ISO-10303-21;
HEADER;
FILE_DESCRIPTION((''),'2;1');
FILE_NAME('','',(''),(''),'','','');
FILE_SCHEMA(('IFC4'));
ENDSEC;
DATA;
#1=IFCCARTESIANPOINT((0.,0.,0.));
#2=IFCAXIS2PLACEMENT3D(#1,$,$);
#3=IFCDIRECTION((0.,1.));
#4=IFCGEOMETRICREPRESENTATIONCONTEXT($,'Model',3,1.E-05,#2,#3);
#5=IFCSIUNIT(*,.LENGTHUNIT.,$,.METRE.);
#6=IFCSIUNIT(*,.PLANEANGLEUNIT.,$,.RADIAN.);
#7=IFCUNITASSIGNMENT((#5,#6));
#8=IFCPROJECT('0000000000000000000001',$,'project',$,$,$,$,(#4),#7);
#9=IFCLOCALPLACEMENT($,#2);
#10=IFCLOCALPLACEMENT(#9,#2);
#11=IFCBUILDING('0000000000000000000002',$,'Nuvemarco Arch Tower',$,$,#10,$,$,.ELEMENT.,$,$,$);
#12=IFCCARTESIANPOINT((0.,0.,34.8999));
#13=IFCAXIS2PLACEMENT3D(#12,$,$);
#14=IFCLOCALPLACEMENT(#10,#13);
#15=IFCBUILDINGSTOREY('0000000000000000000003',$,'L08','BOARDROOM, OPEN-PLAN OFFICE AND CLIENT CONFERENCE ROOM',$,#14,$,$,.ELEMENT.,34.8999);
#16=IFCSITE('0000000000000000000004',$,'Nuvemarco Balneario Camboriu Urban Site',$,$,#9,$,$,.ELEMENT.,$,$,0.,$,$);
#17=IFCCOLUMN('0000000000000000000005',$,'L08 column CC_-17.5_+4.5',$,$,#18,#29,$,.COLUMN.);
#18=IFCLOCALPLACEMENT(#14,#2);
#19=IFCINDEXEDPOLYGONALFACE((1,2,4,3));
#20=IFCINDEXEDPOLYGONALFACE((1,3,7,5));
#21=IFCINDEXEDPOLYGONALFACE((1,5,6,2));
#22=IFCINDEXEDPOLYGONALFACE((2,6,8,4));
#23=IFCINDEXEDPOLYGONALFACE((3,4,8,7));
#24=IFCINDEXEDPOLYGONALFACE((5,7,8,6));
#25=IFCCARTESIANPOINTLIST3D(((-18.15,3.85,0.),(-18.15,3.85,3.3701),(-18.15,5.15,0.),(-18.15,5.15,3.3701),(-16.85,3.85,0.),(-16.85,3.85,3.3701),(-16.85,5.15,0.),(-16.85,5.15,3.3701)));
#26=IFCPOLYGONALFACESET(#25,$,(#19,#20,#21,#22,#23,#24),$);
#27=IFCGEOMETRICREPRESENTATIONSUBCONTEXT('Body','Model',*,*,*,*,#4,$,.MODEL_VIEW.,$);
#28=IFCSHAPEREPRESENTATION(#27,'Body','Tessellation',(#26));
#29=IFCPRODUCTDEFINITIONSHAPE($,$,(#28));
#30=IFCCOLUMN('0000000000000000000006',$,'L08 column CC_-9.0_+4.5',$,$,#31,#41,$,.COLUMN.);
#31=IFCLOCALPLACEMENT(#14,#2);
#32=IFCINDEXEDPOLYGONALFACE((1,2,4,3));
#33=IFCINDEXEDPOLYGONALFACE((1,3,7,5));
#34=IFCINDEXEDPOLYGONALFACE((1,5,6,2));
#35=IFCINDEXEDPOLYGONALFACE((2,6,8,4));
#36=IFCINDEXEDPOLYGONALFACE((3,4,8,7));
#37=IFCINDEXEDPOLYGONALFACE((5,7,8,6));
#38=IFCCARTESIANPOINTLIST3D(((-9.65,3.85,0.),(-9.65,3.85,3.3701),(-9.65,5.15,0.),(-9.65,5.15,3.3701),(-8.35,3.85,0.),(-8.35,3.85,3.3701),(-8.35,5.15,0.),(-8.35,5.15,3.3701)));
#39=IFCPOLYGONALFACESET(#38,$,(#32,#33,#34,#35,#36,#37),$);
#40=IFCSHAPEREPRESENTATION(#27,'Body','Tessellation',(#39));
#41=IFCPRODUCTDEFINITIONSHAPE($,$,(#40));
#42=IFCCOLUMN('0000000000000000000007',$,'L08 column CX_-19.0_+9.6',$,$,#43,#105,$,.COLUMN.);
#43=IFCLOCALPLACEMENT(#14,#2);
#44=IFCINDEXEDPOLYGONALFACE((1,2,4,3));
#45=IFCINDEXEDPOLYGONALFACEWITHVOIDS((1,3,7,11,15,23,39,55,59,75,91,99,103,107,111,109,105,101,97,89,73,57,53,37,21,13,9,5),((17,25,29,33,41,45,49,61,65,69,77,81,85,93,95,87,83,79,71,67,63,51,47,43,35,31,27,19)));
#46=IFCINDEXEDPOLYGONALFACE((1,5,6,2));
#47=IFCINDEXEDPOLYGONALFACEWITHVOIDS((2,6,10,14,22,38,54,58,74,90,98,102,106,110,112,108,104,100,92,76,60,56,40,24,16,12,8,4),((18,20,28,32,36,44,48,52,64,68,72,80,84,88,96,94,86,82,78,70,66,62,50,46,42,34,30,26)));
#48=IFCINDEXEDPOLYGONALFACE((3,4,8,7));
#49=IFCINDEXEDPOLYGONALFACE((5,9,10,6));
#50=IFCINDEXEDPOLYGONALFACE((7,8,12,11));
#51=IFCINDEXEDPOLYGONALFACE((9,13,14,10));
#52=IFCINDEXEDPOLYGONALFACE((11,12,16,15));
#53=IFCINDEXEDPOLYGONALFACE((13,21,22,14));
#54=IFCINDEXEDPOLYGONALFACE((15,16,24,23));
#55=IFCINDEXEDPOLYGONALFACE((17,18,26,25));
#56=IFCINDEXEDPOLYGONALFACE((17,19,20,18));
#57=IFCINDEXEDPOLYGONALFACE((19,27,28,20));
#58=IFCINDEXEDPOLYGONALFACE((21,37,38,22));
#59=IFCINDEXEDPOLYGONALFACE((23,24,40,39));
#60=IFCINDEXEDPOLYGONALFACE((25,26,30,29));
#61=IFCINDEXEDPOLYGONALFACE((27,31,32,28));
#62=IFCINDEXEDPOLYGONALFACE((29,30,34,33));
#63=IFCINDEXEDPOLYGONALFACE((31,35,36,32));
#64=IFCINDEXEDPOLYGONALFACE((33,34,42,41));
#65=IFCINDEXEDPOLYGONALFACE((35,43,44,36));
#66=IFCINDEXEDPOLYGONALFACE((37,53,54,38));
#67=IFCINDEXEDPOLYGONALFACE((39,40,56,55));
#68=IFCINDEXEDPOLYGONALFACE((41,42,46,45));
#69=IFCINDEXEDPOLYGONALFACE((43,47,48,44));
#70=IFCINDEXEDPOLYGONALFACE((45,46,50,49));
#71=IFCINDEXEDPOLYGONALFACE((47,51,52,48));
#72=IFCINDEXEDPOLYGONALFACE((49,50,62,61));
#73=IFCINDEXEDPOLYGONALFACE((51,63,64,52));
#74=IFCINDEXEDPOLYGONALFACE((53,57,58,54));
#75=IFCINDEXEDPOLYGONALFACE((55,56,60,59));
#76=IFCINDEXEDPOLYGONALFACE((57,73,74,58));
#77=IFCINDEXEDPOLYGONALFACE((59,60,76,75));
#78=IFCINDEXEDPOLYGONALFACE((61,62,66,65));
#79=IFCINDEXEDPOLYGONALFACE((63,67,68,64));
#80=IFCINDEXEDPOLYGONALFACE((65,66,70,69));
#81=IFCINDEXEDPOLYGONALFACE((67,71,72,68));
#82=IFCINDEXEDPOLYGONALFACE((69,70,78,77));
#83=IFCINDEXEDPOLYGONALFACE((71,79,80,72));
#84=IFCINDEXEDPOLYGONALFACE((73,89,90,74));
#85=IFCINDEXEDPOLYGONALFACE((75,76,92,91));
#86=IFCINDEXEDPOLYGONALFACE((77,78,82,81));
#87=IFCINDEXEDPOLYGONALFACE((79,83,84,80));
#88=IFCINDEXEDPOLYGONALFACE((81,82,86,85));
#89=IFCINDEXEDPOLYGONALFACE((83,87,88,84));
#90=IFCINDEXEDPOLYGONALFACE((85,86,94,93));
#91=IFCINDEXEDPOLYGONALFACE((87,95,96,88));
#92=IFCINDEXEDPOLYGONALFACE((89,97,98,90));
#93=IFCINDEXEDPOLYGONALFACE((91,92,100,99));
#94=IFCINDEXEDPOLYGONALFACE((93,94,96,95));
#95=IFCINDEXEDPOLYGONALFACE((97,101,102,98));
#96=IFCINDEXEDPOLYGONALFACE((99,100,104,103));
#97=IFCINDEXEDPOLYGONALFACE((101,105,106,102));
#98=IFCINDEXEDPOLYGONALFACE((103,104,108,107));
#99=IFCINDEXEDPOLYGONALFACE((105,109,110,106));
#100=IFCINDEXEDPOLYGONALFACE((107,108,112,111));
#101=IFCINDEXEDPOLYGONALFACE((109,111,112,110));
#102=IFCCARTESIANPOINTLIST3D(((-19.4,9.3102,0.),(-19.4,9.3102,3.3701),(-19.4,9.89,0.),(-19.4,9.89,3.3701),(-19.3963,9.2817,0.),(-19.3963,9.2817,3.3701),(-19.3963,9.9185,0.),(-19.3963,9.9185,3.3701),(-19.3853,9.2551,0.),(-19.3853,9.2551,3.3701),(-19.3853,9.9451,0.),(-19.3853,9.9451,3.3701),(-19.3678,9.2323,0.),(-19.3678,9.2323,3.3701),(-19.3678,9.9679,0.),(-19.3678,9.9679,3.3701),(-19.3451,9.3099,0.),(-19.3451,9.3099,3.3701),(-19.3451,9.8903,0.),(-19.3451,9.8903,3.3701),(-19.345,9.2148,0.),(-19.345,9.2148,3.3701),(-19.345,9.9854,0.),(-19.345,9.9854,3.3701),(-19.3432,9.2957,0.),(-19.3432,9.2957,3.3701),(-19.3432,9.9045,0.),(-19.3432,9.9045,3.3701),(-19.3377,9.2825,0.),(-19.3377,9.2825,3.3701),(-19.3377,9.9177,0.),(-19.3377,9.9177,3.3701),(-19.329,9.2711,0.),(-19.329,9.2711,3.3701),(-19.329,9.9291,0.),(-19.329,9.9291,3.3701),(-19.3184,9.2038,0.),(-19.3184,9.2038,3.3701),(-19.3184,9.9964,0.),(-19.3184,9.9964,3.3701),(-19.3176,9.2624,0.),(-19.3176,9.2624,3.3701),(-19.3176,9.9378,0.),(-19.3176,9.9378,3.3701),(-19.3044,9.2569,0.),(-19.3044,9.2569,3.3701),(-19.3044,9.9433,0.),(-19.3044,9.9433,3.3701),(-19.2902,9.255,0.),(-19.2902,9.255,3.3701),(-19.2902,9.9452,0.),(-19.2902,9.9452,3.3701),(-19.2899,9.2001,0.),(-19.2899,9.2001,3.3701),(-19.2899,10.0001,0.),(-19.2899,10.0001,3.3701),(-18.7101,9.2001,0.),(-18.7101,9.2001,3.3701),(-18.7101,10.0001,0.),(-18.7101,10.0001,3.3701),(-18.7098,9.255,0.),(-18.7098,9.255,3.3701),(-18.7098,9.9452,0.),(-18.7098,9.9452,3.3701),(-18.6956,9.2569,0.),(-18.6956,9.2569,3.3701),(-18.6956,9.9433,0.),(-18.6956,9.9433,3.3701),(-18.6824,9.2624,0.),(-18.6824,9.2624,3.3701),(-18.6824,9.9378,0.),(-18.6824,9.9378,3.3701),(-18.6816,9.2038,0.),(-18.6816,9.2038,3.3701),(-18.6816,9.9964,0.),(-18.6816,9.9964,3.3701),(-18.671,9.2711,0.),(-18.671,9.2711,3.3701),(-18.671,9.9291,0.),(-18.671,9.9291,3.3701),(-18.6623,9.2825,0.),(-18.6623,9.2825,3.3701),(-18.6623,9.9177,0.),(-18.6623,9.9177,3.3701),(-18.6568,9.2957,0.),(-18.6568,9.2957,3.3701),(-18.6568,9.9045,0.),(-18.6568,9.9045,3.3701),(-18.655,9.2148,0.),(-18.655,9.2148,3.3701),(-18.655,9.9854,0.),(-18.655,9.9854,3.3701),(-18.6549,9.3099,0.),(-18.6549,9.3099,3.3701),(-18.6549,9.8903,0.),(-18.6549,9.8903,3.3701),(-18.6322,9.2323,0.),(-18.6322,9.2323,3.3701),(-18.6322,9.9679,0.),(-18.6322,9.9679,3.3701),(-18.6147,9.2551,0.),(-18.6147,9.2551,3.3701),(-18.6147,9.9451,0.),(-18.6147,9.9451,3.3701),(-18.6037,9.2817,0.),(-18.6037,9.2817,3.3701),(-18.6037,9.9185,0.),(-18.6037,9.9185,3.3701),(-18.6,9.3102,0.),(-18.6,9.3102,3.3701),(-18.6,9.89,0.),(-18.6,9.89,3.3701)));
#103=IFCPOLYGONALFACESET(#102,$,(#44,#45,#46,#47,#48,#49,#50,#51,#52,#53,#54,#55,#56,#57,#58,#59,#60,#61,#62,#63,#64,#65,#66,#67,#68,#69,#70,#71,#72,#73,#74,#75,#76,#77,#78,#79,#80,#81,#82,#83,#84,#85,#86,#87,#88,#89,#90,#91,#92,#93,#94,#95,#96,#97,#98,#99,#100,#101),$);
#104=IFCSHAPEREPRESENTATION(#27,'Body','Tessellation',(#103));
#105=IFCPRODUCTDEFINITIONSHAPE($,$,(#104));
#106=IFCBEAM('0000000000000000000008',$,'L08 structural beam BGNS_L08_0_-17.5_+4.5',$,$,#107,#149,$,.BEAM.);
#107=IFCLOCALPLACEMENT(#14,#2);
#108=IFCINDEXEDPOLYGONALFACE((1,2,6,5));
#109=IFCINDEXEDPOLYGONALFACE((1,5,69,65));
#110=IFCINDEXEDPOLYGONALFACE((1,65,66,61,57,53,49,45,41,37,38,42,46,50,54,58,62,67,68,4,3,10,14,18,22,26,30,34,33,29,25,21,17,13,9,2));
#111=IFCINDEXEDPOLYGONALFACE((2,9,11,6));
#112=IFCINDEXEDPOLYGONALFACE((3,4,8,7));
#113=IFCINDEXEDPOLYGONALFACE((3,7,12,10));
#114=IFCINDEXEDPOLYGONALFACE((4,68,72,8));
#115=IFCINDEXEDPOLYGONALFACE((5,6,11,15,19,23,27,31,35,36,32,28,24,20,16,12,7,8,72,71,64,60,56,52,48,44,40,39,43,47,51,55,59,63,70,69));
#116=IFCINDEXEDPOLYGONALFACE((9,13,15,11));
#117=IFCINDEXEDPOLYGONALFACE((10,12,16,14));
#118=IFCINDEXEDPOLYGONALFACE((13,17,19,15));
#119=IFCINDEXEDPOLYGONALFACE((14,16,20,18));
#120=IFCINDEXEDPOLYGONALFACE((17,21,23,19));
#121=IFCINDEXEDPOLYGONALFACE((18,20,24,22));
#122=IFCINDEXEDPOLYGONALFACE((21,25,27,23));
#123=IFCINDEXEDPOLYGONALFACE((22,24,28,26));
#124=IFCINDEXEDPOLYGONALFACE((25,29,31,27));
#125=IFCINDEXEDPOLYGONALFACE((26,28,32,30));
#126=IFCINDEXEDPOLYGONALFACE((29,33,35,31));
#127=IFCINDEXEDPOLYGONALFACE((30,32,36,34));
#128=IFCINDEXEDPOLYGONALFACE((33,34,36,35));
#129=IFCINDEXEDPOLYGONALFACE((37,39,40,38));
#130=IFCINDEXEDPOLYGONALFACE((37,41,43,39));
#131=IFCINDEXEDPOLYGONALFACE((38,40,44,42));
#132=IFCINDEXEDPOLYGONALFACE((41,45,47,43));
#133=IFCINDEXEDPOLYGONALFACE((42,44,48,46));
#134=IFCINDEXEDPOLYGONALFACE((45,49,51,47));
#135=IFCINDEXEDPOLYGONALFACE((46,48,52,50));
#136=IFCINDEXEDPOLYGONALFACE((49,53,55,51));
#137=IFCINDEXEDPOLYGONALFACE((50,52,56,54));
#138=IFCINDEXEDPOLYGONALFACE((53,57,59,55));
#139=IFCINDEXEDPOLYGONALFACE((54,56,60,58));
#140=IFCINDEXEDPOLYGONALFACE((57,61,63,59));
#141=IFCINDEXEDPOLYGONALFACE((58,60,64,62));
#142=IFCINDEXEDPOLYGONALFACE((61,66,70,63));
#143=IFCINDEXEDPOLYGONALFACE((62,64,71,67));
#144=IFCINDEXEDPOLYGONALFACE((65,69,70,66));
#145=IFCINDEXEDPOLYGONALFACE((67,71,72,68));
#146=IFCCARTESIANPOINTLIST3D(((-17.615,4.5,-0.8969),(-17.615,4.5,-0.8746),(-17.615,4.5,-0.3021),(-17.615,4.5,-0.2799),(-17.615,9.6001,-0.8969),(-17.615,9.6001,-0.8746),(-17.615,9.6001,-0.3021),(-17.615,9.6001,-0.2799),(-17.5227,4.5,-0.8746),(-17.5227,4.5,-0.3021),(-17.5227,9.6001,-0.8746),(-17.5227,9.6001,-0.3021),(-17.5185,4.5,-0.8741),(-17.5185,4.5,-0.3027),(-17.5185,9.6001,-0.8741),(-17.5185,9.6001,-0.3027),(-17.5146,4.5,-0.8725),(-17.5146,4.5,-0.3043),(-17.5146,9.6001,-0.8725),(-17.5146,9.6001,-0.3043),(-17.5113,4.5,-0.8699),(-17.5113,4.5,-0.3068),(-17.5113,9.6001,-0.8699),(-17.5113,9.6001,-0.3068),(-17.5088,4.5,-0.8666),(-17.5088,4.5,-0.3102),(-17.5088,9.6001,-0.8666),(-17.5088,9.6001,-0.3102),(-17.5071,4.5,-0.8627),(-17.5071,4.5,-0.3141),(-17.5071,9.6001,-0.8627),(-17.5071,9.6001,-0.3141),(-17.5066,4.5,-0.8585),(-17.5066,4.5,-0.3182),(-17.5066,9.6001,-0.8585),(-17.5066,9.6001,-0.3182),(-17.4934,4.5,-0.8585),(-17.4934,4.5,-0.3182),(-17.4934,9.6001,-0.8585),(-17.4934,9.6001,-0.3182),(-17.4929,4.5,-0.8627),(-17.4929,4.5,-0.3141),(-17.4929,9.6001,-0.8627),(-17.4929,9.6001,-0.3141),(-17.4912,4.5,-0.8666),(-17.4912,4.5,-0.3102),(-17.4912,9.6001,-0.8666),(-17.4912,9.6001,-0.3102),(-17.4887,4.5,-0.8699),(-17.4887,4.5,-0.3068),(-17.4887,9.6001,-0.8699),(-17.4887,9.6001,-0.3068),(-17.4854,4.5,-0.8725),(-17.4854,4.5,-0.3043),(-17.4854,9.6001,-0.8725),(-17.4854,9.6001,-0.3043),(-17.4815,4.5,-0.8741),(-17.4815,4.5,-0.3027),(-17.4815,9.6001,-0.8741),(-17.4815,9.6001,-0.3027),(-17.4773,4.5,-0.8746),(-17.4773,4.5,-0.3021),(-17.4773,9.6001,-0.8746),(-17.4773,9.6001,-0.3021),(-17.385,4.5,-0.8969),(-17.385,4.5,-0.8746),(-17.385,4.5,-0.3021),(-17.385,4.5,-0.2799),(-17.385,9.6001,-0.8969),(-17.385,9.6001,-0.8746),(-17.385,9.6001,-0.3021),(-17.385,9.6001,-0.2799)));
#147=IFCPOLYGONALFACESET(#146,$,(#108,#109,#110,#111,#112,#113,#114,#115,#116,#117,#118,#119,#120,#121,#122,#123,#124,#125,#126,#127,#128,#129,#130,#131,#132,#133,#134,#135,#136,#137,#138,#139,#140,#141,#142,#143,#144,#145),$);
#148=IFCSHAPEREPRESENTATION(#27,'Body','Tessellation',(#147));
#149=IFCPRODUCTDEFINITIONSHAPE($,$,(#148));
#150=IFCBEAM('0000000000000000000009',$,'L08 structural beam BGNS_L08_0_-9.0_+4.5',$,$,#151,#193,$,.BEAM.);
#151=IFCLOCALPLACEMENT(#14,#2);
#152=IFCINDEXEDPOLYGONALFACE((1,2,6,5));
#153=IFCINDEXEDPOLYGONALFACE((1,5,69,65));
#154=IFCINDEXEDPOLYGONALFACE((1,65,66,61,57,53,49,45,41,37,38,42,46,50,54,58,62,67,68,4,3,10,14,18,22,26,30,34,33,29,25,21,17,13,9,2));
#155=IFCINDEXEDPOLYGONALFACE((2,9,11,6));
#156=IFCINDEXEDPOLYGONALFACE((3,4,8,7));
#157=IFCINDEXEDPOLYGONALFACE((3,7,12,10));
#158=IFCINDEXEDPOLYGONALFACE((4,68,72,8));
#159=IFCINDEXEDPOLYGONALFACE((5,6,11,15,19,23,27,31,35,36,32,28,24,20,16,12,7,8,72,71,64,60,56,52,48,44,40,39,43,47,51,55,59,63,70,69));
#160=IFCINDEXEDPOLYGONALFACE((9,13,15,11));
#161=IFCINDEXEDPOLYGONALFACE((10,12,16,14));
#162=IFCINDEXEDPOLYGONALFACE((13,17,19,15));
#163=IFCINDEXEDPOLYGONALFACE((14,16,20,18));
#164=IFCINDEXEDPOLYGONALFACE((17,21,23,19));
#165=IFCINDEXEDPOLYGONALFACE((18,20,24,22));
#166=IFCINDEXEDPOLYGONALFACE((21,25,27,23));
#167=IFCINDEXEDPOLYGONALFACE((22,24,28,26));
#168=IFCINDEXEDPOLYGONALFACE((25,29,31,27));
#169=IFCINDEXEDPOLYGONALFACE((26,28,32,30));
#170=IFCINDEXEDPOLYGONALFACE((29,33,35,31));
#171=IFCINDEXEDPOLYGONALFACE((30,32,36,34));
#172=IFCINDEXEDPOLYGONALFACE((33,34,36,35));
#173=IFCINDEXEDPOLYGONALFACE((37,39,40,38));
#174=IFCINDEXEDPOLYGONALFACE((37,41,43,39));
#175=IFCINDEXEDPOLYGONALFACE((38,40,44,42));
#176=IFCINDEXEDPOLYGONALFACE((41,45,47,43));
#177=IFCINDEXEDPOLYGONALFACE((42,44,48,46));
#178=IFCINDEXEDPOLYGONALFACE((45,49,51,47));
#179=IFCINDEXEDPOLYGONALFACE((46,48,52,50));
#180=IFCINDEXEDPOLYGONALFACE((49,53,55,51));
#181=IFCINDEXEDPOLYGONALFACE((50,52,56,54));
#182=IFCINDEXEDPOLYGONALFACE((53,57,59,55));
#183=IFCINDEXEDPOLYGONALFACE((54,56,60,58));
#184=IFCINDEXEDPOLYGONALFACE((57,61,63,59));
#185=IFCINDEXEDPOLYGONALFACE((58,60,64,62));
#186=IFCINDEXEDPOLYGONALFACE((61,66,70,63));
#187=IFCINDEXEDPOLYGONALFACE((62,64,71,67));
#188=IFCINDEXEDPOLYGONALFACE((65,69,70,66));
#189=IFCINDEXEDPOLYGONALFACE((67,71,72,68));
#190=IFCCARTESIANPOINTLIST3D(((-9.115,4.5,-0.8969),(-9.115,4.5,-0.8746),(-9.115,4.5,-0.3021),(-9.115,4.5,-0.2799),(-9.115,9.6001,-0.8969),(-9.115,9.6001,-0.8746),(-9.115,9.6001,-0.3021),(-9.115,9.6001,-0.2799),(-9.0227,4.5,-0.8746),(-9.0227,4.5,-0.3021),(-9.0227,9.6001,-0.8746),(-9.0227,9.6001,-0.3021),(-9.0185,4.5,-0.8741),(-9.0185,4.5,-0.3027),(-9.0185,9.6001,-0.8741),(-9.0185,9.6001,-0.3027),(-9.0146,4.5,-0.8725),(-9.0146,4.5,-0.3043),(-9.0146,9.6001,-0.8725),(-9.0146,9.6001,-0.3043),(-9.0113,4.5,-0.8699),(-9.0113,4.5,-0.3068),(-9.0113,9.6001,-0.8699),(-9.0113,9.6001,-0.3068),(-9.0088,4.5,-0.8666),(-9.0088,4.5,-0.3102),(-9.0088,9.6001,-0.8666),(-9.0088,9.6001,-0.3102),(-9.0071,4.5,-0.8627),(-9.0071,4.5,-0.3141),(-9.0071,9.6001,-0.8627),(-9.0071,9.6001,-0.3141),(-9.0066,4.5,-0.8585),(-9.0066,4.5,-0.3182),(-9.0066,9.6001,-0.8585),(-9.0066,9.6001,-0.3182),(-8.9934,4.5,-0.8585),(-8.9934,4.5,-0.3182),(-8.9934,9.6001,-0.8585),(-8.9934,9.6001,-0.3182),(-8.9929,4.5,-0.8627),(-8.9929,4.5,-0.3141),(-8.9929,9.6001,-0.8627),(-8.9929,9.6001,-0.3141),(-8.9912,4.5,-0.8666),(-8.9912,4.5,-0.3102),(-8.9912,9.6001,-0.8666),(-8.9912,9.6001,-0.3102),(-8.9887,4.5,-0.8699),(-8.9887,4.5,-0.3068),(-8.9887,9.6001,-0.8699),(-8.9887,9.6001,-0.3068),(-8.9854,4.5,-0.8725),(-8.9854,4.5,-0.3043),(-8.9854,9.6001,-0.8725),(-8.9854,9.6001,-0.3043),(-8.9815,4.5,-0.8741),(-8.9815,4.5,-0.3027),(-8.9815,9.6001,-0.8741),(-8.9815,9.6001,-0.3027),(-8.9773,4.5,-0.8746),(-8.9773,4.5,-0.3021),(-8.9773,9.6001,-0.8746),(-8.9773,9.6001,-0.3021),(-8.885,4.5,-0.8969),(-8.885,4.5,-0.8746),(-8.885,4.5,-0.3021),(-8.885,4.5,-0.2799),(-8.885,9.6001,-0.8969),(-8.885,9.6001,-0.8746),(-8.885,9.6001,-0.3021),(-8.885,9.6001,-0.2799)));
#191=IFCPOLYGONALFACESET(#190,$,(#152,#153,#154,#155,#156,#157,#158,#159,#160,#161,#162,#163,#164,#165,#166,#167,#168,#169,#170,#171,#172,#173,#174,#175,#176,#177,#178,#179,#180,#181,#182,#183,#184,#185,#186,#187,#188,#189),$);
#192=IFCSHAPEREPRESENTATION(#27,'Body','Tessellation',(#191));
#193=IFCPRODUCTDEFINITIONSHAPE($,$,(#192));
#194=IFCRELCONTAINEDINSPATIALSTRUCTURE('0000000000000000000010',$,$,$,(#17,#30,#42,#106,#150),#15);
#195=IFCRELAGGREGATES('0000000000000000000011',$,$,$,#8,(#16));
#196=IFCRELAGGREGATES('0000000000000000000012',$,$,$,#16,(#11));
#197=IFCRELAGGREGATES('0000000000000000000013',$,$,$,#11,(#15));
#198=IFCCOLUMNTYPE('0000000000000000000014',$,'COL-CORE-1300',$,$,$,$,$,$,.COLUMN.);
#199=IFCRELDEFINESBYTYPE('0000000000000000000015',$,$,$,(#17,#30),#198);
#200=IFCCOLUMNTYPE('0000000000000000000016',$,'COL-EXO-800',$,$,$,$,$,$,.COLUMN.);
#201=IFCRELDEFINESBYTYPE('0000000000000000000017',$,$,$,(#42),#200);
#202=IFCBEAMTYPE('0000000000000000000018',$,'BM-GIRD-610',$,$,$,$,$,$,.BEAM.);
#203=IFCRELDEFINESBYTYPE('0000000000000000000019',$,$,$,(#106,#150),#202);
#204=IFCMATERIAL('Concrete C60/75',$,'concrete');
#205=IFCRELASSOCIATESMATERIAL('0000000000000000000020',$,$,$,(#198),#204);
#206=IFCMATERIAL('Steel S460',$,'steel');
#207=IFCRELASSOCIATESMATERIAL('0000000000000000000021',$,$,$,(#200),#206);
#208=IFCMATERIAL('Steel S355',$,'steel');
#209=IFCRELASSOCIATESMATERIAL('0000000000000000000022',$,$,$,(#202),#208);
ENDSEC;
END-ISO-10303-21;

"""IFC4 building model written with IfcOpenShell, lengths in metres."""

from ifc_helpers import new_model, si_unit, direction, frame, origin, origin_2d, place, context, subcontext, project, spatial, rectangle, hollow_rectangle, i_section, extrude, material, material_profile, profile_set, type_object, element, save


model = new_model("IFC4")

# Units and contexts
model_context = context("Model", 3, precision=1e-05, world=origin(), true_north=direction((0.0, 1.0)))
body_context = subcontext(model_context, "Body", "Model", "MODEL_VIEW")
ifc_project = project(units=[si_unit("LENGTHUNIT", "METRE"), si_unit("PLANEANGLEUNIT", "RADIAN")], contexts=[model_context])

# Site, building, storey
site_placement = place(None, origin())
site = spatial("IfcSite", under=ifc_project, at=site_placement, Name="Nuvemarco Balneario Camboriu Urban Site", CompositionType="ELEMENT", RefElevation=0.0)
building_placement = place(site_placement, origin())
building = spatial("IfcBuilding", under=site, at=building_placement, Name="Nuvemarco Arch Tower", CompositionType="ELEMENT")
storey_placement = place(building_placement, frame((0.0, 0.0, 34.8999)))
storey = spatial("IfcBuildingStorey", under=building, at=storey_placement, Name="L08", Description="BOARDROOM, OPEN-PLAN OFFICE AND CLIENT CONFERENCE ROOM", CompositionType="ELEMENT", Elevation=34.8999)

# Columns
ifc_material_1 = material(Name="Concrete C60/75", Category="concrete")
ifc_material_profile_1 = material_profile(ifc_material_1, rectangle(XDim=1.3, YDim=1.3, at=origin_2d()), Name="RC-COL-1300x1300")
ifc_profile_set_1 = profile_set([ifc_material_profile_1], Name="Concrete C60/75")
column_type_1 = type_object("IfcColumnType", Name="COL-CORE-1300", PredefinedType="COLUMN", material=ifc_profile_set_1)
for number, where, z_axis, x_axis, name in (
    (1, (-17.5, 4.5, 0.0), (0.0, 0.0, 1.0), (1.0, 0.0, 0.0), "L08 column CC_-17.5_+4.5"),
    (2, (-9.0, 4.5, 0.0), (0.0, 0.0, 1.0), (1.0, 0.0, 0.0), "L08 column CC_-9.0_+4.5"),
):
    element("IfcColumn", number, at=place(storey_placement, frame(where, z_axis=z_axis, x_axis=x_axis)), inside=storey, type_object=column_type_1, Name=name, PredefinedType="COLUMN", context=body_context, shape_type="SweptSolid", body=[
        extrude(rectangle(XDim=1.3, YDim=1.3, at=origin_2d()), origin(), (0.0, 0.0, 1.0), 3.3701),
    ])
ifc_material_2 = material(Name="Steel S460", Category="steel")
ifc_material_profile_2 = material_profile(ifc_material_2, hollow_rectangle(XDim=0.8, YDim=0.8, WallThickness=0.0549, InnerFilletRadius=0.0549, OuterFilletRadius=0.1101, at=origin_2d()), Name="SHS800x800x55")
ifc_profile_set_2 = profile_set([ifc_material_profile_2], Name="Steel S460")
column_type_2 = type_object("IfcColumnType", Name="COL-EXO-800", PredefinedType="COLUMN", material=ifc_profile_set_2)
column_placement = place(storey_placement, frame((-19.0, 9.6001, 0.0), z_axis=(0.0, 0.0, 1.0), x_axis=(1.0, 0.0, 0.0)))
element("IfcColumn", 3, at=column_placement, inside=storey, type_object=column_type_2, Name="L08 column CX_-19.0_+9.6", PredefinedType="COLUMN", context=body_context, shape_type="SweptSolid", body=[
    extrude(hollow_rectangle(XDim=0.8, YDim=0.8, WallThickness=0.0549, InnerFilletRadius=0.0549, OuterFilletRadius=0.1101, at=origin_2d()), origin(), (0.0, 0.0, 1.0), 3.3701),
])

# Beams
ifc_material_3 = material(Name="Steel S355", Category="steel")
ifc_material_profile_3 = material_profile(ifc_material_3, i_section(OverallWidth=0.23, OverallDepth=0.6169, WebThickness=0.0132, FlangeThickness=0.0222, FilletRadius=0.0161, at=origin_2d()), Name="W610x140")
ifc_profile_set_3 = profile_set([ifc_material_profile_3], Name="Steel S355")
beam_type = type_object("IfcBeamType", Name="BM-GIRD-610", PredefinedType="BEAM", material=ifc_profile_set_3)
for number, where, z_axis, x_axis, name in (
    (4, (-17.5, 4.5, -0.5884), (0.0, 1.0, 0.0), (-1.0, 0.0, 0.0), "L08 structural beam BGNS_L08_0_-17.5_+4.5"),
    (5, (-9.0, 4.5, -0.5884), (0.0, 1.0, 0.0), (-1.0, 0.0, 0.0), "L08 structural beam BGNS_L08_0_-9.0_+4.5"),
):
    element("IfcBeam", number, at=place(storey_placement, frame(where, z_axis=z_axis, x_axis=x_axis)), inside=storey, type_object=beam_type, Name=name, PredefinedType="BEAM", context=body_context, shape_type="SweptSolid", body=[
        extrude(i_section(OverallWidth=0.23, OverallDepth=0.6169, WebThickness=0.0132, FlangeThickness=0.0222, FilletRadius=0.0161, at=origin_2d()), origin(), (0.0, 0.0, 1.0), 5.1001),
    ])

save(model, "model.ifc")
